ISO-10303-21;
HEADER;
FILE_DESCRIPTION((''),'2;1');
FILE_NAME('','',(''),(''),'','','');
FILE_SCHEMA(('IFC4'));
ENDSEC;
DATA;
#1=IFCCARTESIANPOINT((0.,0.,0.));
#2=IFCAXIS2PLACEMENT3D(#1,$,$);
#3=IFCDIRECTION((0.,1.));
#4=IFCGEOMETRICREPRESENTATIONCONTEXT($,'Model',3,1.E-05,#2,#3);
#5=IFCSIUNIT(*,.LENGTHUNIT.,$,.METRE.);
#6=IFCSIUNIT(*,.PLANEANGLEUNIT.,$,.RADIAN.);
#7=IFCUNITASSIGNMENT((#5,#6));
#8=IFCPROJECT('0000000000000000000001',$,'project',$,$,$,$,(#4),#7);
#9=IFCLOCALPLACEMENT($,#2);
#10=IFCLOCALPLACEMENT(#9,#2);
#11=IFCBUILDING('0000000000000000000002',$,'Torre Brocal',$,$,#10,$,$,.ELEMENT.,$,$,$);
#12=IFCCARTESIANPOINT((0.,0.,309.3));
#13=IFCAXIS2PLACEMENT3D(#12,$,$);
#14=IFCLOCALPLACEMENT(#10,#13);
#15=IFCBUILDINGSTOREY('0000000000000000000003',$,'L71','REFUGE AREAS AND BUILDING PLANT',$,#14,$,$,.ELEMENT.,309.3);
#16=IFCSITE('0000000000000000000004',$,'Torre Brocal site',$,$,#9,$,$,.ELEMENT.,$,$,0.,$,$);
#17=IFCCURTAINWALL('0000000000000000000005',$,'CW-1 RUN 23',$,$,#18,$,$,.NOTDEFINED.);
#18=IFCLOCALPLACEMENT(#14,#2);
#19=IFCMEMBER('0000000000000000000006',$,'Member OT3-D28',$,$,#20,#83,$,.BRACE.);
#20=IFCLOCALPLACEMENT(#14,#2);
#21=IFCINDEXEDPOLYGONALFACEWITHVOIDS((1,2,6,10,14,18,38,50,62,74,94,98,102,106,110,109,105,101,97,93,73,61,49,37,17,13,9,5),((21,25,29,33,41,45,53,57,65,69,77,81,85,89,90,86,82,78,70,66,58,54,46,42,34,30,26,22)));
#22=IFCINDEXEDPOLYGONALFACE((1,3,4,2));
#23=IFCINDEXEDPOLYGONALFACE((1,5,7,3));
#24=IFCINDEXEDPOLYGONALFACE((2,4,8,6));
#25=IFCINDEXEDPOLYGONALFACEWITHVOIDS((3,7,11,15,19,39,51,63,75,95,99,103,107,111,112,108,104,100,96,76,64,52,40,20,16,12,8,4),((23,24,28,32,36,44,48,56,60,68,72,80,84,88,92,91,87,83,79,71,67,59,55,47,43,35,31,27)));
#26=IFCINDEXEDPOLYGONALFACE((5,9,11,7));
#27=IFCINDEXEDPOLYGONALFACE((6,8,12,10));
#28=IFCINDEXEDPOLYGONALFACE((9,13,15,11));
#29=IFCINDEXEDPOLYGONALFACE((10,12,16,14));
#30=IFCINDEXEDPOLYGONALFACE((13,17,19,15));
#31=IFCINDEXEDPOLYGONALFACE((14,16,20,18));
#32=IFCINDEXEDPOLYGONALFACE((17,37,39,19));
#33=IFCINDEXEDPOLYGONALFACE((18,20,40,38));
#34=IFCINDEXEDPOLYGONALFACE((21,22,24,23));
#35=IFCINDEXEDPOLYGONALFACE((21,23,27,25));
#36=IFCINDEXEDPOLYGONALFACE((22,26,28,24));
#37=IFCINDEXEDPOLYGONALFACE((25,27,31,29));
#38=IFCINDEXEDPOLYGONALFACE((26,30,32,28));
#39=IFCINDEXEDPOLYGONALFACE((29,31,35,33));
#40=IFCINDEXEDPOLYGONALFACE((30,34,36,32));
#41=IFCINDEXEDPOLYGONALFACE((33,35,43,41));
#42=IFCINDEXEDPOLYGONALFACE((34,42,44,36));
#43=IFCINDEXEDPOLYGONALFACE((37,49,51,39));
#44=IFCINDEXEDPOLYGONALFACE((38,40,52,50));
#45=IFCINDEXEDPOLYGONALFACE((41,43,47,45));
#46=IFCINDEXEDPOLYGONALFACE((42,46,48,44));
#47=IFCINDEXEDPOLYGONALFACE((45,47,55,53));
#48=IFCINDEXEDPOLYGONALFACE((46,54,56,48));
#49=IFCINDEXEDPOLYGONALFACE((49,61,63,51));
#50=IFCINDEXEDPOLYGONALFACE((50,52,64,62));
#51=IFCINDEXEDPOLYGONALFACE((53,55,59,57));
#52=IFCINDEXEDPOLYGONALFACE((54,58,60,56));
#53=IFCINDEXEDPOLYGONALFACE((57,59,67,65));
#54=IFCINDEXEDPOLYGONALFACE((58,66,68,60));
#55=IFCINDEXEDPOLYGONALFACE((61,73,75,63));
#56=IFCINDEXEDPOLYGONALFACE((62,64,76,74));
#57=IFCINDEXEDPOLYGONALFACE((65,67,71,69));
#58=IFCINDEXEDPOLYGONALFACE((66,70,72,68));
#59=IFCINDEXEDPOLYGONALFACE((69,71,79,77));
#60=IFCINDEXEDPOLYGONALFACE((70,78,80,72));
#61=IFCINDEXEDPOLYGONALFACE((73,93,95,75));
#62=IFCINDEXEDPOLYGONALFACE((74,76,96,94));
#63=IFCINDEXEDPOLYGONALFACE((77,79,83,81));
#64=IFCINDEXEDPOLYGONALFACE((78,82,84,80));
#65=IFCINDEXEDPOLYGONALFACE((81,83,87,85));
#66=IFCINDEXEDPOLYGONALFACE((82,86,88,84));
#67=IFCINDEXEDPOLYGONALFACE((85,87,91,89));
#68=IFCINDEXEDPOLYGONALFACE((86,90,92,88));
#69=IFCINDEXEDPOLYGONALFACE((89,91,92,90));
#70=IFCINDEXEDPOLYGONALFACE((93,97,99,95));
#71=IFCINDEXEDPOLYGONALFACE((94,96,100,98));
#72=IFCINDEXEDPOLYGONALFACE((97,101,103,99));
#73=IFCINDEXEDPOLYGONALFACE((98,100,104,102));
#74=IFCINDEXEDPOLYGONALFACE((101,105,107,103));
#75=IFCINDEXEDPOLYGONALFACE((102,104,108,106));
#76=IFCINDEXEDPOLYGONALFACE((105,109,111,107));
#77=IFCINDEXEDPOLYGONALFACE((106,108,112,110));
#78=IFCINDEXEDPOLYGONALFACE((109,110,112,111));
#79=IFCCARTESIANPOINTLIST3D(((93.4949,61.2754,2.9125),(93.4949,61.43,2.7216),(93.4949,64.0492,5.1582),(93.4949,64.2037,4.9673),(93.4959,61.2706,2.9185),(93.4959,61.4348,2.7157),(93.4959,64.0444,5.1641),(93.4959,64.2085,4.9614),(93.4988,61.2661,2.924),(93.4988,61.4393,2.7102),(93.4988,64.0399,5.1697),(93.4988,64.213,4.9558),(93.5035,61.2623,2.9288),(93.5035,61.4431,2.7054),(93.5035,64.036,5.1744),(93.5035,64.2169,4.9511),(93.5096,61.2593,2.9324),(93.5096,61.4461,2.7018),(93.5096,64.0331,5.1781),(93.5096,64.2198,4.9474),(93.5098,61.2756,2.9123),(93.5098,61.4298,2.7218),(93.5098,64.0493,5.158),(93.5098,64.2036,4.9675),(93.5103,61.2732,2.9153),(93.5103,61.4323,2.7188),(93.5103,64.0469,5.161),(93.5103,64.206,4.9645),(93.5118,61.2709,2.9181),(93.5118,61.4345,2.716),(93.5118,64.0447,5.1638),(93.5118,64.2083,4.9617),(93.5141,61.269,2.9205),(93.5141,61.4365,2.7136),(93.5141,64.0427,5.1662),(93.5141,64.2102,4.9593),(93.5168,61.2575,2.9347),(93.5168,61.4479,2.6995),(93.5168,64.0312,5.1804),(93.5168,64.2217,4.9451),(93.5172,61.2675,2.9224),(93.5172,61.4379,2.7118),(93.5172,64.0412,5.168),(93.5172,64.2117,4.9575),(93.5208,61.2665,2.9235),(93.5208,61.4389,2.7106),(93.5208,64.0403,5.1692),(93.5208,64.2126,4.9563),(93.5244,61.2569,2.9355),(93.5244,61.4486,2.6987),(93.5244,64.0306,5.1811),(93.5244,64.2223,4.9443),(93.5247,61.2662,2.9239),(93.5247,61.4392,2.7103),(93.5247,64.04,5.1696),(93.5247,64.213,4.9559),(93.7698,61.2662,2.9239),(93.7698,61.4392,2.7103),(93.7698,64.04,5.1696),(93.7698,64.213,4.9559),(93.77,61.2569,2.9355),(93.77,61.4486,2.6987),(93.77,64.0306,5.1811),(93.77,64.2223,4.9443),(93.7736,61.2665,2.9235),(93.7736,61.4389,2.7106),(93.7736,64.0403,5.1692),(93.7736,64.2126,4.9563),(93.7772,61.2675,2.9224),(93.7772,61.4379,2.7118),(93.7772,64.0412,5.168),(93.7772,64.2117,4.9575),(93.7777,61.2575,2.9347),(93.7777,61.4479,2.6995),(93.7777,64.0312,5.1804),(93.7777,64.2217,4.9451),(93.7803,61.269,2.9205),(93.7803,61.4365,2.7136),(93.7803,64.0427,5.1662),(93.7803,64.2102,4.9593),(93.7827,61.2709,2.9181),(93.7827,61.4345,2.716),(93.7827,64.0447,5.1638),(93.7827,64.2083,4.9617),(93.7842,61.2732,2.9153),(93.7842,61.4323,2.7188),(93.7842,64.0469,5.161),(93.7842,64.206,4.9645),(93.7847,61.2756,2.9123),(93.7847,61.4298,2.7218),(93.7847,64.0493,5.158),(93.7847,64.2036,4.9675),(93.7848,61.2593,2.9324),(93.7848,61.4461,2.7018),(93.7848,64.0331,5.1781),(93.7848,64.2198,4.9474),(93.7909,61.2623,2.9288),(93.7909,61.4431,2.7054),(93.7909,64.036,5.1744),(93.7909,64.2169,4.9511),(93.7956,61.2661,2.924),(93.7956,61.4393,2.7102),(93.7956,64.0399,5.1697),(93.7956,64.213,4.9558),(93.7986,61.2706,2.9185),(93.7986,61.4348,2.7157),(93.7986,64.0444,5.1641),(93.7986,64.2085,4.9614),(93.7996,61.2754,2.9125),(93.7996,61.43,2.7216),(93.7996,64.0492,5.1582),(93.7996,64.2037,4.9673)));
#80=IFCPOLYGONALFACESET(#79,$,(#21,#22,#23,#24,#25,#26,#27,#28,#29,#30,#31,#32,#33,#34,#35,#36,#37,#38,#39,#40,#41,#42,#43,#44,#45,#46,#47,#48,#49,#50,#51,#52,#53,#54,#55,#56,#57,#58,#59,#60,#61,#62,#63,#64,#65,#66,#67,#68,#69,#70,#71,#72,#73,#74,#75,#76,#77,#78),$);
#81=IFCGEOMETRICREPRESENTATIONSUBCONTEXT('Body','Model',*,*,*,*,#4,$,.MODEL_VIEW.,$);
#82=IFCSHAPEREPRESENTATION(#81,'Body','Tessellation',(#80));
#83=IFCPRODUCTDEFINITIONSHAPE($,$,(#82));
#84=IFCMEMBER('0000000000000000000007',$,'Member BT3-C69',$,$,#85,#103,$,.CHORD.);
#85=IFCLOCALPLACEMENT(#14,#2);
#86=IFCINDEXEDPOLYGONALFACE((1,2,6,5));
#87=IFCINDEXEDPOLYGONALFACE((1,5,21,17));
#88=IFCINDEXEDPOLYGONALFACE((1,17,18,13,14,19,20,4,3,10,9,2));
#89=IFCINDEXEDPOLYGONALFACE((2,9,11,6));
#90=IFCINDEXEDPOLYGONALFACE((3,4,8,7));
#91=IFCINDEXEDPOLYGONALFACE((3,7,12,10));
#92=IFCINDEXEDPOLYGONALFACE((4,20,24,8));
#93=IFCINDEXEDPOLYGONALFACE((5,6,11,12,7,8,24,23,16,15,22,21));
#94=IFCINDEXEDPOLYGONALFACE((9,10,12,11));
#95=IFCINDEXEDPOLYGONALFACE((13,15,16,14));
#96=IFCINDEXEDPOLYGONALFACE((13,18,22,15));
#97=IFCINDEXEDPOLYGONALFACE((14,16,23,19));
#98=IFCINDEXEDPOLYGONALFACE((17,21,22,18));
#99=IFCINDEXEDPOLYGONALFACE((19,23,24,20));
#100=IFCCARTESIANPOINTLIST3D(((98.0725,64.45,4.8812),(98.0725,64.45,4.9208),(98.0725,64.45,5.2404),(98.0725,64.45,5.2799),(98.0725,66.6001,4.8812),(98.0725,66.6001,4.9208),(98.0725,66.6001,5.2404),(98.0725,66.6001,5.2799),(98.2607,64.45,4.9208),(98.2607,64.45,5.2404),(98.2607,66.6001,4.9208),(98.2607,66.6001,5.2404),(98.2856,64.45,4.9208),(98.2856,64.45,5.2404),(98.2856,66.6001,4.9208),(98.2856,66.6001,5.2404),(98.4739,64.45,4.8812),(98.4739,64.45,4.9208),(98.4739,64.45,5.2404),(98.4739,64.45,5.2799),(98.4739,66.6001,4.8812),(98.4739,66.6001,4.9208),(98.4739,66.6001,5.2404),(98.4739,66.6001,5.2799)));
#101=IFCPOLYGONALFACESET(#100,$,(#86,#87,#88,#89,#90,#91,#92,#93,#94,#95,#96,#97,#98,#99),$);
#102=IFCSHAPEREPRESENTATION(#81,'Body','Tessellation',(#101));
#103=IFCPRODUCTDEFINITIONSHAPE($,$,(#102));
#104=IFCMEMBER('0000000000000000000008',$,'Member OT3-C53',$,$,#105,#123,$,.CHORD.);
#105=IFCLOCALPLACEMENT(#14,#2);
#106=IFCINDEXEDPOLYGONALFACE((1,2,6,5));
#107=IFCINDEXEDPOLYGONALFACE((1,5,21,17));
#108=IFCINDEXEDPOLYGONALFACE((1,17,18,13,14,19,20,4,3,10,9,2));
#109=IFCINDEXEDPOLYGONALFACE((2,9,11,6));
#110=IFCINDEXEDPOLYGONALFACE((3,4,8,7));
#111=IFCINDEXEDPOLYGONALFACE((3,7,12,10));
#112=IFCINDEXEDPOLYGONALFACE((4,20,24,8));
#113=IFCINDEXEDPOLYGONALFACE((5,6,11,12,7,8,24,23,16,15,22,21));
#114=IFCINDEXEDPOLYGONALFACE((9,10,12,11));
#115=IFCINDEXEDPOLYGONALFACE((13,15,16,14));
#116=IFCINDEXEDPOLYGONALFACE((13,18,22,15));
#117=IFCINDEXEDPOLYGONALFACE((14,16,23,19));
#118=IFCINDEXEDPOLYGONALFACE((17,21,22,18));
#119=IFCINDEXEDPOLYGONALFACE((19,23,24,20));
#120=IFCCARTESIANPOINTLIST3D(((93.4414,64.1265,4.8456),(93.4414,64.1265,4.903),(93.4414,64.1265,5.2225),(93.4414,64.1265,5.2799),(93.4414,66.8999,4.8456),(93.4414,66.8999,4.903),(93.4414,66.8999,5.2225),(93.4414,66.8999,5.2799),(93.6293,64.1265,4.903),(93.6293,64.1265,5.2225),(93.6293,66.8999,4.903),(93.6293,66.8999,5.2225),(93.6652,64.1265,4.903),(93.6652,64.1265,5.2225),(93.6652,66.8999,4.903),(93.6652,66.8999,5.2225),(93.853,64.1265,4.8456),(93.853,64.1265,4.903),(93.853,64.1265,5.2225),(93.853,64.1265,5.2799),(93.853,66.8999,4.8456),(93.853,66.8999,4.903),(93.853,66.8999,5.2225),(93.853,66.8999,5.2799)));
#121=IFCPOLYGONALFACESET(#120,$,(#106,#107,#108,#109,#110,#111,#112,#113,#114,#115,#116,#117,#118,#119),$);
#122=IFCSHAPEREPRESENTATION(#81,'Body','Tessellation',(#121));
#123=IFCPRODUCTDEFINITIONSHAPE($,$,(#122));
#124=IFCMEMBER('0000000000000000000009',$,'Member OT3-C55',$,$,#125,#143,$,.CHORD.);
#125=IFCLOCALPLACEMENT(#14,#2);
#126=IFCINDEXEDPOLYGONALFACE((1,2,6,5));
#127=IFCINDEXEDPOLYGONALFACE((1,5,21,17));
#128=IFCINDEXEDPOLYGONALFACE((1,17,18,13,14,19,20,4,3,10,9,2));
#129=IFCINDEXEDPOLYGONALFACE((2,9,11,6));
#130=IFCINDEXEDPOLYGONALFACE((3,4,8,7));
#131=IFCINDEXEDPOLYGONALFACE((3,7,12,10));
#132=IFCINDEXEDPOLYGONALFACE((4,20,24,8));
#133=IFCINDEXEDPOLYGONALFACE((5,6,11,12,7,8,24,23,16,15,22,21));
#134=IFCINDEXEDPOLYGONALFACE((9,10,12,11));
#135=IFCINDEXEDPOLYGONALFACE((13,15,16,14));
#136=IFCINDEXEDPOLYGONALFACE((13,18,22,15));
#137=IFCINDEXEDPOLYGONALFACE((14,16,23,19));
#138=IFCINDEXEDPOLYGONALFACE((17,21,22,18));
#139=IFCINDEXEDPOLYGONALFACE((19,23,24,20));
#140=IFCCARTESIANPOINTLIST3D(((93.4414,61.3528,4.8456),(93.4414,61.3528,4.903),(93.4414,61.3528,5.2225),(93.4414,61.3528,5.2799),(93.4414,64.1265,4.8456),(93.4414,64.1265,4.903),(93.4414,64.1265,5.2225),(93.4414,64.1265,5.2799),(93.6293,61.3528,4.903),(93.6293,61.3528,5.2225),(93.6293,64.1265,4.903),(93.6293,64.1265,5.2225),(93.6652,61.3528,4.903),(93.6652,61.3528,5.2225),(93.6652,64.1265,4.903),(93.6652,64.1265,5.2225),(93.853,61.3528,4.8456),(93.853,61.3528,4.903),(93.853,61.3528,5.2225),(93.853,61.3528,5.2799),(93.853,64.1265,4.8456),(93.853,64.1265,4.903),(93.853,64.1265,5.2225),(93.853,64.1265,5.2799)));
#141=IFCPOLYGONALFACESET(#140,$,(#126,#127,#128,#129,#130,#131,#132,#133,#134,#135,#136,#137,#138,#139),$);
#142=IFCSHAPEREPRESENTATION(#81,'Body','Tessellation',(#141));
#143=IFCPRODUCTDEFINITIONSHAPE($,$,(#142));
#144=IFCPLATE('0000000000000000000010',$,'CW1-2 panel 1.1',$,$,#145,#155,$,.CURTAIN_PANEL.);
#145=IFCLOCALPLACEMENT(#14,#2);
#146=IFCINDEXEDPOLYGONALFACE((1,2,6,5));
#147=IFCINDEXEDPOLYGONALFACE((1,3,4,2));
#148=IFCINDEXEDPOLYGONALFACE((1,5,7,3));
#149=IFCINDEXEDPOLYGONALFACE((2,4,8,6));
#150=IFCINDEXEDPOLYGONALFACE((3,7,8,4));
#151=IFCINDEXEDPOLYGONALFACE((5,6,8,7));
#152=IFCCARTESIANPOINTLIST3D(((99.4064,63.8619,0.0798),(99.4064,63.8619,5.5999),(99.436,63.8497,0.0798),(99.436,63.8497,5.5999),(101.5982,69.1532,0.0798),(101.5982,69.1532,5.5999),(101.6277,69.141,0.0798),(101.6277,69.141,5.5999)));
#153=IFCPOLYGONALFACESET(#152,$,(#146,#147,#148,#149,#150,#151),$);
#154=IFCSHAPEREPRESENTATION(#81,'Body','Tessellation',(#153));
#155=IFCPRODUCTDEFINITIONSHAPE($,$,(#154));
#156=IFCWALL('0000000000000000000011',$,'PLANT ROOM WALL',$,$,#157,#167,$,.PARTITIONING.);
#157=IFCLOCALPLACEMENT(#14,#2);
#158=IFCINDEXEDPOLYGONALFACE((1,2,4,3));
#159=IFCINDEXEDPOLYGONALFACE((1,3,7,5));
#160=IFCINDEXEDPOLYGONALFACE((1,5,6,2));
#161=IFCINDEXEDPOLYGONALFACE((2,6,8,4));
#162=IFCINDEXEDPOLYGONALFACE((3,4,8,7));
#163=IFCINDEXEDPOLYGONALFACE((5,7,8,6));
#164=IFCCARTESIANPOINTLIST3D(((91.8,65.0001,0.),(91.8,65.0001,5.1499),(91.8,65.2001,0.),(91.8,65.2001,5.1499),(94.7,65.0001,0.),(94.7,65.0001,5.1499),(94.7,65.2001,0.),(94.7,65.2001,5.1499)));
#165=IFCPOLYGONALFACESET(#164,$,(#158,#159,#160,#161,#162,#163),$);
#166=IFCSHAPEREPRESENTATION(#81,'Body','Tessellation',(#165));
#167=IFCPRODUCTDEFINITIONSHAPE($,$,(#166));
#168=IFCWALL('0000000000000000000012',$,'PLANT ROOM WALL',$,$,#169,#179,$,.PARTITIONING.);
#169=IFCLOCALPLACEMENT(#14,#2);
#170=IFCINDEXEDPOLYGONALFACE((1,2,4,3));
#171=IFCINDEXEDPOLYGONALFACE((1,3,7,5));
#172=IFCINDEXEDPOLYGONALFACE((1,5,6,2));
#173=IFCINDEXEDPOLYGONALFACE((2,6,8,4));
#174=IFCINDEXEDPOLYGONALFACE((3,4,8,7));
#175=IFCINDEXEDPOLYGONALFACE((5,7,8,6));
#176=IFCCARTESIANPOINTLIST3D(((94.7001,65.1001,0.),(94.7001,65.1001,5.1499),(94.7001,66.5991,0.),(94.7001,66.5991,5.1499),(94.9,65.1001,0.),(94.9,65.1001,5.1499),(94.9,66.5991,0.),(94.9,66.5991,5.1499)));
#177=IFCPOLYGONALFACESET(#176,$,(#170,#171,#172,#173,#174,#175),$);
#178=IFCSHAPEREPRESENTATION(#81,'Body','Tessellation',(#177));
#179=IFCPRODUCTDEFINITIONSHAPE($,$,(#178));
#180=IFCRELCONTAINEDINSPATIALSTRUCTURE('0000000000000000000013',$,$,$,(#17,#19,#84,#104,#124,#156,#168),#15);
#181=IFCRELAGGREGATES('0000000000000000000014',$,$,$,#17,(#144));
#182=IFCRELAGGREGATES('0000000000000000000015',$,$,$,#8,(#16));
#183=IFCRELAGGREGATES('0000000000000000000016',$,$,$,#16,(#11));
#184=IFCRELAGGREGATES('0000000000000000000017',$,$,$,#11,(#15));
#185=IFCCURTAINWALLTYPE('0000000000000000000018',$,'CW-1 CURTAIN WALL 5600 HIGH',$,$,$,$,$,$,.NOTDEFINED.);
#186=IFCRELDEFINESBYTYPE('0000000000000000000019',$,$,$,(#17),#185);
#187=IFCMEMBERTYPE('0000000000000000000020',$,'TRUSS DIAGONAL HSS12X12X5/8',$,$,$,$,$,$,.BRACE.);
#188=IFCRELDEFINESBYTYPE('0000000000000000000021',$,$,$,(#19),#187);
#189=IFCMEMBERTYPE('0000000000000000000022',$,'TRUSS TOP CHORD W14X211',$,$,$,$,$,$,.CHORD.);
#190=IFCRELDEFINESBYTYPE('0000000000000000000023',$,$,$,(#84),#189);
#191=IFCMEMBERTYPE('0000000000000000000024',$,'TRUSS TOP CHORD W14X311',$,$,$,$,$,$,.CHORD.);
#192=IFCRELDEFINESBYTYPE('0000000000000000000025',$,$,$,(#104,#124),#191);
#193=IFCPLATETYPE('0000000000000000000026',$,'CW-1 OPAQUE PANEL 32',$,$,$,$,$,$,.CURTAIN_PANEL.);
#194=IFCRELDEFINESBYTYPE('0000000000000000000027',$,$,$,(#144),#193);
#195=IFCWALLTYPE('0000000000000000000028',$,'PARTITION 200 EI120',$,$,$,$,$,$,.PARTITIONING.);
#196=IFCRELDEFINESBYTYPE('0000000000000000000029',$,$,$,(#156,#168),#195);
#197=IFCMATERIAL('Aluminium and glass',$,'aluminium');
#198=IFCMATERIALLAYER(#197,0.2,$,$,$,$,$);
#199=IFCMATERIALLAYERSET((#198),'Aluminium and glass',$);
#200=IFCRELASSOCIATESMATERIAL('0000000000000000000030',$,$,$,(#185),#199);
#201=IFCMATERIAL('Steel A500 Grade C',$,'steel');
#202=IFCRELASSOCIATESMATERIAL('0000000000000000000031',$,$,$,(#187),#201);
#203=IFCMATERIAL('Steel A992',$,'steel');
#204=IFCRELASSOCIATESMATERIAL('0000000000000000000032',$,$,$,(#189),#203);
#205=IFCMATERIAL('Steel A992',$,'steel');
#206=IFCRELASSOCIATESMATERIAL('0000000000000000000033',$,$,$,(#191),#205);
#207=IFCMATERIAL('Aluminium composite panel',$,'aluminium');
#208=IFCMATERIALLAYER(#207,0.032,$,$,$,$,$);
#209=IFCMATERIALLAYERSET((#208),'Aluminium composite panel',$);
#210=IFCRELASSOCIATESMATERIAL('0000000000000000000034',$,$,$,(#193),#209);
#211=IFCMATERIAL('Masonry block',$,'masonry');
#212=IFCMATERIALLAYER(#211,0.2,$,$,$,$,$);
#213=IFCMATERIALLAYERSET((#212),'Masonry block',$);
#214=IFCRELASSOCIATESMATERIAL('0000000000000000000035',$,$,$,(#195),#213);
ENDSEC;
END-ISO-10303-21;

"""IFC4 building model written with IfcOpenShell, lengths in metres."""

from ifc_helpers import new_model, si_unit, direction, frame, frame_2d, origin, origin_2d, place, context, subcontext, project, spatial, rectangle, hollow_rectangle, i_section, extrude, material, layer, layer_set, material_profile, profile_set, type_object, element, aggregate, save


model = new_model("IFC4")

# Units and contexts
model_context = context("Model", 3, precision=1e-05, world=origin(), true_north=direction((0.0, 1.0)))
body_context = subcontext(model_context, "Body", "Model", "MODEL_VIEW")
ifc_project = project(units=[si_unit("LENGTHUNIT", "METRE"), si_unit("PLANEANGLEUNIT", "RADIAN")], contexts=[model_context])

# Site, building, storey
site_placement = place(None, origin())
site = spatial("IfcSite", under=ifc_project, at=site_placement, Name="Torre Brocal site", CompositionType="ELEMENT", RefElevation=0.0)
building_placement = place(site_placement, origin())
building = spatial("IfcBuilding", under=site, at=building_placement, Name="Torre Brocal", CompositionType="ELEMENT")
storey_placement = place(building_placement, frame((0.0, 0.0, 309.3)))
storey = spatial("IfcBuildingStorey", under=building, at=storey_placement, Name="L71", Description="REFUGE AREAS AND BUILDING PLANT", CompositionType="ELEMENT", Elevation=309.3)

# Shared definitions
ifc_material_1 = material(Name="Aluminium and glass", Category="aluminium")
ifc_layer_1 = layer(ifc_material_1, 0.2)
ifc_layer_set_1 = layer_set([ifc_layer_1], Name="Aluminium and glass")
curtain_wall_type = type_object("IfcCurtainWallType", Name="CW-1 CURTAIN WALL 5600 HIGH", PredefinedType="NOTDEFINED", material=ifc_layer_set_1)

# Curtain wall
curtain_wall_1_placement = place(storey_placement, origin())
curtain_wall_1 = element("IfcCurtainWall", 1, at=curtain_wall_1_placement, inside=storey, type_object=curtain_wall_type, Name="CW-1 RUN 23", PredefinedType="NOTDEFINED")

# Members
ifc_material_2 = material(Name="Steel A500 Grade C", Category="steel")
ifc_material_profile_1 = material_profile(ifc_material_2, hollow_rectangle(XDim=0.3047, YDim=0.3047, WallThickness=0.0149, InnerFilletRadius=0.0149, OuterFilletRadius=0.0295, at=origin_2d()), Name="HSS12X12X5/8")
ifc_profile_set_1 = profile_set([ifc_material_profile_1], Name="Steel A500 Grade C")
member_type_1 = type_object("IfcMemberType", Name="TRUSS DIAGONAL HSS12X12X5/8", PredefinedType="BRACE", material=ifc_profile_set_1)
member_1_placement = place(storey_placement, frame((93.6472, 64.1265, 5.0627), z_axis=(0.0, -0.777211, -0.62924), x_axis=(1.0, 0.0, 0.0)))
element("IfcMember", 2, at=member_1_placement, inside=storey, type_object=member_type_1, Name="Member OT3-D28", PredefinedType="BRACE", context=body_context, shape_type="SweptSolid", body=[
    extrude(hollow_rectangle(XDim=0.3047, YDim=0.3047, WallThickness=0.0149, InnerFilletRadius=0.0149, OuterFilletRadius=0.0295, at=origin_2d()), origin(), (0.0, 0.0, 1.0), 3.5688),
])
ifc_material_3 = material(Name="Steel A992", Category="steel")
ifc_material_profile_2 = material_profile(ifc_material_3, i_section(OverallWidth=0.4014, OverallDepth=0.3987, WebThickness=0.0249, FlangeThickness=0.0396, at=origin_2d()), Name="W14X211")
ifc_profile_set_2 = profile_set([ifc_material_profile_2], Name="Steel A992")
member_type_2 = type_object("IfcMemberType", Name="TRUSS TOP CHORD W14X211", PredefinedType="CHORD", material=ifc_profile_set_2)
member_2_placement = place(storey_placement, frame((98.2732, 64.45, 5.0806), z_axis=(0.0, 1.0, 0.0), x_axis=(-1.0, 0.0, 0.0)))
element("IfcMember", 3, at=member_2_placement, inside=storey, type_object=member_type_2, Name="Member BT3-C69", PredefinedType="CHORD", context=body_context, shape_type="SweptSolid", body=[
    extrude(i_section(OverallWidth=0.4014, OverallDepth=0.3987, WebThickness=0.0249, FlangeThickness=0.0396, at=origin_2d()), origin(), (0.0, 0.0, 1.0), 2.1501),
])
ifc_material_4 = material(Name="Steel A992", Category="steel")
ifc_material_profile_3 = material_profile(ifc_material_4, i_section(OverallWidth=0.4116, OverallDepth=0.4343, WebThickness=0.0359, FlangeThickness=0.0574, at=origin_2d()), Name="W14X311")
ifc_profile_set_3 = profile_set([ifc_material_profile_3], Name="Steel A992")
member_type_3 = type_object("IfcMemberType", Name="TRUSS TOP CHORD W14X311", PredefinedType="CHORD", material=ifc_profile_set_3)
member_3_placement = place(storey_placement, frame((93.6472, 66.8999, 5.0627), z_axis=(0.0, -1.0, 0.0), x_axis=(1.0, 0.0, 0.0)))
element("IfcMember", 4, at=member_3_placement, inside=storey, type_object=member_type_3, Name="Member OT3-C53", PredefinedType="CHORD", context=body_context, shape_type="SweptSolid", body=[
    extrude(i_section(OverallWidth=0.4116, OverallDepth=0.4343, WebThickness=0.0359, FlangeThickness=0.0574, at=origin_2d()), origin(), (0.0, 0.0, 1.0), 2.7734),
])
member_4_placement = place(storey_placement, frame((93.6472, 64.1265, 5.0627), z_axis=(0.0, -1.0, 0.0), x_axis=(1.0, 0.0, 0.0)))
element("IfcMember", 5, at=member_4_placement, inside=storey, type_object=member_type_3, Name="Member OT3-C55", PredefinedType="CHORD", context=body_context, shape_type="SweptSolid", body=[
    extrude(i_section(OverallWidth=0.4116, OverallDepth=0.4343, WebThickness=0.0359, FlangeThickness=0.0574, at=origin_2d()), origin(), (0.0, 0.0, 1.0), 2.7737),
])

# Plate
ifc_material_5 = material(Name="Aluminium composite panel", Category="aluminium")
ifc_layer_2 = layer(ifc_material_5, 0.032)
ifc_layer_set_2 = layer_set([ifc_layer_2], Name="Aluminium composite panel")
plate_type = type_object("IfcPlateType", Name="CW-1 OPAQUE PANEL 32", PredefinedType="CURTAIN_PANEL", material=ifc_layer_set_2)
plate_placement = place(storey_placement, frame((100.5171, 66.5015, 0.0798), z_axis=(0.0, 0.0, 1.0), x_axis=(0.382683, 0.92388, 0.0)))
plate = element("IfcPlate", 6, at=plate_placement, type_object=plate_type, Name="CW1-2 panel 1.1", PredefinedType="CURTAIN_PANEL", context=body_context, shape_type="SweptSolid", body=[
    extrude(rectangle(XDim=5.7273, YDim=0.032, at=origin_2d()), origin(), (0.0, 0.0, 1.0), 5.52),
])
aggregate(curtain_wall_1, [plate])

# Walls
ifc_material_6 = material(Name="Masonry block", Category="masonry")
ifc_layer_3 = layer(ifc_material_6, 0.2)
ifc_layer_set_3 = layer_set([ifc_layer_3], Name="Masonry block")
wall_type = type_object("IfcWallType", Name="PARTITION 200 EI120", PredefinedType="PARTITIONING", material=ifc_layer_set_3)
wall_1_placement = place(storey_placement, frame((91.8, 65.1001, 0.0), z_axis=(0.0, 0.0, 1.0), x_axis=(1.0, 0.0, 0.0)))
element("IfcWall", 7, at=wall_1_placement, inside=storey, type_object=wall_type, Name="PLANT ROOM WALL", PredefinedType="PARTITIONING", context=body_context, shape_type="SweptSolid", body=[
    extrude(rectangle(XDim=2.8999, YDim=0.2, at=frame_2d((1.45, 0.0))), origin(), (0.0, 0.0, 1.0), 5.1499),
])
wall_2_placement = place(storey_placement, frame((94.8, 65.1001, 0.0), z_axis=(0.0, 0.0, 1.0), x_axis=(0.0, 1.0, 0.0)))
element("IfcWall", 8, at=wall_2_placement, inside=storey, type_object=wall_type, Name="PLANT ROOM WALL", PredefinedType="PARTITIONING", context=body_context, shape_type="SweptSolid", body=[
    extrude(rectangle(XDim=1.499, YDim=0.2, at=frame_2d((0.7495, 0.0))), origin(), (0.0, 0.0, 1.0), 5.1499),
])

save(model, "model.ifc")
